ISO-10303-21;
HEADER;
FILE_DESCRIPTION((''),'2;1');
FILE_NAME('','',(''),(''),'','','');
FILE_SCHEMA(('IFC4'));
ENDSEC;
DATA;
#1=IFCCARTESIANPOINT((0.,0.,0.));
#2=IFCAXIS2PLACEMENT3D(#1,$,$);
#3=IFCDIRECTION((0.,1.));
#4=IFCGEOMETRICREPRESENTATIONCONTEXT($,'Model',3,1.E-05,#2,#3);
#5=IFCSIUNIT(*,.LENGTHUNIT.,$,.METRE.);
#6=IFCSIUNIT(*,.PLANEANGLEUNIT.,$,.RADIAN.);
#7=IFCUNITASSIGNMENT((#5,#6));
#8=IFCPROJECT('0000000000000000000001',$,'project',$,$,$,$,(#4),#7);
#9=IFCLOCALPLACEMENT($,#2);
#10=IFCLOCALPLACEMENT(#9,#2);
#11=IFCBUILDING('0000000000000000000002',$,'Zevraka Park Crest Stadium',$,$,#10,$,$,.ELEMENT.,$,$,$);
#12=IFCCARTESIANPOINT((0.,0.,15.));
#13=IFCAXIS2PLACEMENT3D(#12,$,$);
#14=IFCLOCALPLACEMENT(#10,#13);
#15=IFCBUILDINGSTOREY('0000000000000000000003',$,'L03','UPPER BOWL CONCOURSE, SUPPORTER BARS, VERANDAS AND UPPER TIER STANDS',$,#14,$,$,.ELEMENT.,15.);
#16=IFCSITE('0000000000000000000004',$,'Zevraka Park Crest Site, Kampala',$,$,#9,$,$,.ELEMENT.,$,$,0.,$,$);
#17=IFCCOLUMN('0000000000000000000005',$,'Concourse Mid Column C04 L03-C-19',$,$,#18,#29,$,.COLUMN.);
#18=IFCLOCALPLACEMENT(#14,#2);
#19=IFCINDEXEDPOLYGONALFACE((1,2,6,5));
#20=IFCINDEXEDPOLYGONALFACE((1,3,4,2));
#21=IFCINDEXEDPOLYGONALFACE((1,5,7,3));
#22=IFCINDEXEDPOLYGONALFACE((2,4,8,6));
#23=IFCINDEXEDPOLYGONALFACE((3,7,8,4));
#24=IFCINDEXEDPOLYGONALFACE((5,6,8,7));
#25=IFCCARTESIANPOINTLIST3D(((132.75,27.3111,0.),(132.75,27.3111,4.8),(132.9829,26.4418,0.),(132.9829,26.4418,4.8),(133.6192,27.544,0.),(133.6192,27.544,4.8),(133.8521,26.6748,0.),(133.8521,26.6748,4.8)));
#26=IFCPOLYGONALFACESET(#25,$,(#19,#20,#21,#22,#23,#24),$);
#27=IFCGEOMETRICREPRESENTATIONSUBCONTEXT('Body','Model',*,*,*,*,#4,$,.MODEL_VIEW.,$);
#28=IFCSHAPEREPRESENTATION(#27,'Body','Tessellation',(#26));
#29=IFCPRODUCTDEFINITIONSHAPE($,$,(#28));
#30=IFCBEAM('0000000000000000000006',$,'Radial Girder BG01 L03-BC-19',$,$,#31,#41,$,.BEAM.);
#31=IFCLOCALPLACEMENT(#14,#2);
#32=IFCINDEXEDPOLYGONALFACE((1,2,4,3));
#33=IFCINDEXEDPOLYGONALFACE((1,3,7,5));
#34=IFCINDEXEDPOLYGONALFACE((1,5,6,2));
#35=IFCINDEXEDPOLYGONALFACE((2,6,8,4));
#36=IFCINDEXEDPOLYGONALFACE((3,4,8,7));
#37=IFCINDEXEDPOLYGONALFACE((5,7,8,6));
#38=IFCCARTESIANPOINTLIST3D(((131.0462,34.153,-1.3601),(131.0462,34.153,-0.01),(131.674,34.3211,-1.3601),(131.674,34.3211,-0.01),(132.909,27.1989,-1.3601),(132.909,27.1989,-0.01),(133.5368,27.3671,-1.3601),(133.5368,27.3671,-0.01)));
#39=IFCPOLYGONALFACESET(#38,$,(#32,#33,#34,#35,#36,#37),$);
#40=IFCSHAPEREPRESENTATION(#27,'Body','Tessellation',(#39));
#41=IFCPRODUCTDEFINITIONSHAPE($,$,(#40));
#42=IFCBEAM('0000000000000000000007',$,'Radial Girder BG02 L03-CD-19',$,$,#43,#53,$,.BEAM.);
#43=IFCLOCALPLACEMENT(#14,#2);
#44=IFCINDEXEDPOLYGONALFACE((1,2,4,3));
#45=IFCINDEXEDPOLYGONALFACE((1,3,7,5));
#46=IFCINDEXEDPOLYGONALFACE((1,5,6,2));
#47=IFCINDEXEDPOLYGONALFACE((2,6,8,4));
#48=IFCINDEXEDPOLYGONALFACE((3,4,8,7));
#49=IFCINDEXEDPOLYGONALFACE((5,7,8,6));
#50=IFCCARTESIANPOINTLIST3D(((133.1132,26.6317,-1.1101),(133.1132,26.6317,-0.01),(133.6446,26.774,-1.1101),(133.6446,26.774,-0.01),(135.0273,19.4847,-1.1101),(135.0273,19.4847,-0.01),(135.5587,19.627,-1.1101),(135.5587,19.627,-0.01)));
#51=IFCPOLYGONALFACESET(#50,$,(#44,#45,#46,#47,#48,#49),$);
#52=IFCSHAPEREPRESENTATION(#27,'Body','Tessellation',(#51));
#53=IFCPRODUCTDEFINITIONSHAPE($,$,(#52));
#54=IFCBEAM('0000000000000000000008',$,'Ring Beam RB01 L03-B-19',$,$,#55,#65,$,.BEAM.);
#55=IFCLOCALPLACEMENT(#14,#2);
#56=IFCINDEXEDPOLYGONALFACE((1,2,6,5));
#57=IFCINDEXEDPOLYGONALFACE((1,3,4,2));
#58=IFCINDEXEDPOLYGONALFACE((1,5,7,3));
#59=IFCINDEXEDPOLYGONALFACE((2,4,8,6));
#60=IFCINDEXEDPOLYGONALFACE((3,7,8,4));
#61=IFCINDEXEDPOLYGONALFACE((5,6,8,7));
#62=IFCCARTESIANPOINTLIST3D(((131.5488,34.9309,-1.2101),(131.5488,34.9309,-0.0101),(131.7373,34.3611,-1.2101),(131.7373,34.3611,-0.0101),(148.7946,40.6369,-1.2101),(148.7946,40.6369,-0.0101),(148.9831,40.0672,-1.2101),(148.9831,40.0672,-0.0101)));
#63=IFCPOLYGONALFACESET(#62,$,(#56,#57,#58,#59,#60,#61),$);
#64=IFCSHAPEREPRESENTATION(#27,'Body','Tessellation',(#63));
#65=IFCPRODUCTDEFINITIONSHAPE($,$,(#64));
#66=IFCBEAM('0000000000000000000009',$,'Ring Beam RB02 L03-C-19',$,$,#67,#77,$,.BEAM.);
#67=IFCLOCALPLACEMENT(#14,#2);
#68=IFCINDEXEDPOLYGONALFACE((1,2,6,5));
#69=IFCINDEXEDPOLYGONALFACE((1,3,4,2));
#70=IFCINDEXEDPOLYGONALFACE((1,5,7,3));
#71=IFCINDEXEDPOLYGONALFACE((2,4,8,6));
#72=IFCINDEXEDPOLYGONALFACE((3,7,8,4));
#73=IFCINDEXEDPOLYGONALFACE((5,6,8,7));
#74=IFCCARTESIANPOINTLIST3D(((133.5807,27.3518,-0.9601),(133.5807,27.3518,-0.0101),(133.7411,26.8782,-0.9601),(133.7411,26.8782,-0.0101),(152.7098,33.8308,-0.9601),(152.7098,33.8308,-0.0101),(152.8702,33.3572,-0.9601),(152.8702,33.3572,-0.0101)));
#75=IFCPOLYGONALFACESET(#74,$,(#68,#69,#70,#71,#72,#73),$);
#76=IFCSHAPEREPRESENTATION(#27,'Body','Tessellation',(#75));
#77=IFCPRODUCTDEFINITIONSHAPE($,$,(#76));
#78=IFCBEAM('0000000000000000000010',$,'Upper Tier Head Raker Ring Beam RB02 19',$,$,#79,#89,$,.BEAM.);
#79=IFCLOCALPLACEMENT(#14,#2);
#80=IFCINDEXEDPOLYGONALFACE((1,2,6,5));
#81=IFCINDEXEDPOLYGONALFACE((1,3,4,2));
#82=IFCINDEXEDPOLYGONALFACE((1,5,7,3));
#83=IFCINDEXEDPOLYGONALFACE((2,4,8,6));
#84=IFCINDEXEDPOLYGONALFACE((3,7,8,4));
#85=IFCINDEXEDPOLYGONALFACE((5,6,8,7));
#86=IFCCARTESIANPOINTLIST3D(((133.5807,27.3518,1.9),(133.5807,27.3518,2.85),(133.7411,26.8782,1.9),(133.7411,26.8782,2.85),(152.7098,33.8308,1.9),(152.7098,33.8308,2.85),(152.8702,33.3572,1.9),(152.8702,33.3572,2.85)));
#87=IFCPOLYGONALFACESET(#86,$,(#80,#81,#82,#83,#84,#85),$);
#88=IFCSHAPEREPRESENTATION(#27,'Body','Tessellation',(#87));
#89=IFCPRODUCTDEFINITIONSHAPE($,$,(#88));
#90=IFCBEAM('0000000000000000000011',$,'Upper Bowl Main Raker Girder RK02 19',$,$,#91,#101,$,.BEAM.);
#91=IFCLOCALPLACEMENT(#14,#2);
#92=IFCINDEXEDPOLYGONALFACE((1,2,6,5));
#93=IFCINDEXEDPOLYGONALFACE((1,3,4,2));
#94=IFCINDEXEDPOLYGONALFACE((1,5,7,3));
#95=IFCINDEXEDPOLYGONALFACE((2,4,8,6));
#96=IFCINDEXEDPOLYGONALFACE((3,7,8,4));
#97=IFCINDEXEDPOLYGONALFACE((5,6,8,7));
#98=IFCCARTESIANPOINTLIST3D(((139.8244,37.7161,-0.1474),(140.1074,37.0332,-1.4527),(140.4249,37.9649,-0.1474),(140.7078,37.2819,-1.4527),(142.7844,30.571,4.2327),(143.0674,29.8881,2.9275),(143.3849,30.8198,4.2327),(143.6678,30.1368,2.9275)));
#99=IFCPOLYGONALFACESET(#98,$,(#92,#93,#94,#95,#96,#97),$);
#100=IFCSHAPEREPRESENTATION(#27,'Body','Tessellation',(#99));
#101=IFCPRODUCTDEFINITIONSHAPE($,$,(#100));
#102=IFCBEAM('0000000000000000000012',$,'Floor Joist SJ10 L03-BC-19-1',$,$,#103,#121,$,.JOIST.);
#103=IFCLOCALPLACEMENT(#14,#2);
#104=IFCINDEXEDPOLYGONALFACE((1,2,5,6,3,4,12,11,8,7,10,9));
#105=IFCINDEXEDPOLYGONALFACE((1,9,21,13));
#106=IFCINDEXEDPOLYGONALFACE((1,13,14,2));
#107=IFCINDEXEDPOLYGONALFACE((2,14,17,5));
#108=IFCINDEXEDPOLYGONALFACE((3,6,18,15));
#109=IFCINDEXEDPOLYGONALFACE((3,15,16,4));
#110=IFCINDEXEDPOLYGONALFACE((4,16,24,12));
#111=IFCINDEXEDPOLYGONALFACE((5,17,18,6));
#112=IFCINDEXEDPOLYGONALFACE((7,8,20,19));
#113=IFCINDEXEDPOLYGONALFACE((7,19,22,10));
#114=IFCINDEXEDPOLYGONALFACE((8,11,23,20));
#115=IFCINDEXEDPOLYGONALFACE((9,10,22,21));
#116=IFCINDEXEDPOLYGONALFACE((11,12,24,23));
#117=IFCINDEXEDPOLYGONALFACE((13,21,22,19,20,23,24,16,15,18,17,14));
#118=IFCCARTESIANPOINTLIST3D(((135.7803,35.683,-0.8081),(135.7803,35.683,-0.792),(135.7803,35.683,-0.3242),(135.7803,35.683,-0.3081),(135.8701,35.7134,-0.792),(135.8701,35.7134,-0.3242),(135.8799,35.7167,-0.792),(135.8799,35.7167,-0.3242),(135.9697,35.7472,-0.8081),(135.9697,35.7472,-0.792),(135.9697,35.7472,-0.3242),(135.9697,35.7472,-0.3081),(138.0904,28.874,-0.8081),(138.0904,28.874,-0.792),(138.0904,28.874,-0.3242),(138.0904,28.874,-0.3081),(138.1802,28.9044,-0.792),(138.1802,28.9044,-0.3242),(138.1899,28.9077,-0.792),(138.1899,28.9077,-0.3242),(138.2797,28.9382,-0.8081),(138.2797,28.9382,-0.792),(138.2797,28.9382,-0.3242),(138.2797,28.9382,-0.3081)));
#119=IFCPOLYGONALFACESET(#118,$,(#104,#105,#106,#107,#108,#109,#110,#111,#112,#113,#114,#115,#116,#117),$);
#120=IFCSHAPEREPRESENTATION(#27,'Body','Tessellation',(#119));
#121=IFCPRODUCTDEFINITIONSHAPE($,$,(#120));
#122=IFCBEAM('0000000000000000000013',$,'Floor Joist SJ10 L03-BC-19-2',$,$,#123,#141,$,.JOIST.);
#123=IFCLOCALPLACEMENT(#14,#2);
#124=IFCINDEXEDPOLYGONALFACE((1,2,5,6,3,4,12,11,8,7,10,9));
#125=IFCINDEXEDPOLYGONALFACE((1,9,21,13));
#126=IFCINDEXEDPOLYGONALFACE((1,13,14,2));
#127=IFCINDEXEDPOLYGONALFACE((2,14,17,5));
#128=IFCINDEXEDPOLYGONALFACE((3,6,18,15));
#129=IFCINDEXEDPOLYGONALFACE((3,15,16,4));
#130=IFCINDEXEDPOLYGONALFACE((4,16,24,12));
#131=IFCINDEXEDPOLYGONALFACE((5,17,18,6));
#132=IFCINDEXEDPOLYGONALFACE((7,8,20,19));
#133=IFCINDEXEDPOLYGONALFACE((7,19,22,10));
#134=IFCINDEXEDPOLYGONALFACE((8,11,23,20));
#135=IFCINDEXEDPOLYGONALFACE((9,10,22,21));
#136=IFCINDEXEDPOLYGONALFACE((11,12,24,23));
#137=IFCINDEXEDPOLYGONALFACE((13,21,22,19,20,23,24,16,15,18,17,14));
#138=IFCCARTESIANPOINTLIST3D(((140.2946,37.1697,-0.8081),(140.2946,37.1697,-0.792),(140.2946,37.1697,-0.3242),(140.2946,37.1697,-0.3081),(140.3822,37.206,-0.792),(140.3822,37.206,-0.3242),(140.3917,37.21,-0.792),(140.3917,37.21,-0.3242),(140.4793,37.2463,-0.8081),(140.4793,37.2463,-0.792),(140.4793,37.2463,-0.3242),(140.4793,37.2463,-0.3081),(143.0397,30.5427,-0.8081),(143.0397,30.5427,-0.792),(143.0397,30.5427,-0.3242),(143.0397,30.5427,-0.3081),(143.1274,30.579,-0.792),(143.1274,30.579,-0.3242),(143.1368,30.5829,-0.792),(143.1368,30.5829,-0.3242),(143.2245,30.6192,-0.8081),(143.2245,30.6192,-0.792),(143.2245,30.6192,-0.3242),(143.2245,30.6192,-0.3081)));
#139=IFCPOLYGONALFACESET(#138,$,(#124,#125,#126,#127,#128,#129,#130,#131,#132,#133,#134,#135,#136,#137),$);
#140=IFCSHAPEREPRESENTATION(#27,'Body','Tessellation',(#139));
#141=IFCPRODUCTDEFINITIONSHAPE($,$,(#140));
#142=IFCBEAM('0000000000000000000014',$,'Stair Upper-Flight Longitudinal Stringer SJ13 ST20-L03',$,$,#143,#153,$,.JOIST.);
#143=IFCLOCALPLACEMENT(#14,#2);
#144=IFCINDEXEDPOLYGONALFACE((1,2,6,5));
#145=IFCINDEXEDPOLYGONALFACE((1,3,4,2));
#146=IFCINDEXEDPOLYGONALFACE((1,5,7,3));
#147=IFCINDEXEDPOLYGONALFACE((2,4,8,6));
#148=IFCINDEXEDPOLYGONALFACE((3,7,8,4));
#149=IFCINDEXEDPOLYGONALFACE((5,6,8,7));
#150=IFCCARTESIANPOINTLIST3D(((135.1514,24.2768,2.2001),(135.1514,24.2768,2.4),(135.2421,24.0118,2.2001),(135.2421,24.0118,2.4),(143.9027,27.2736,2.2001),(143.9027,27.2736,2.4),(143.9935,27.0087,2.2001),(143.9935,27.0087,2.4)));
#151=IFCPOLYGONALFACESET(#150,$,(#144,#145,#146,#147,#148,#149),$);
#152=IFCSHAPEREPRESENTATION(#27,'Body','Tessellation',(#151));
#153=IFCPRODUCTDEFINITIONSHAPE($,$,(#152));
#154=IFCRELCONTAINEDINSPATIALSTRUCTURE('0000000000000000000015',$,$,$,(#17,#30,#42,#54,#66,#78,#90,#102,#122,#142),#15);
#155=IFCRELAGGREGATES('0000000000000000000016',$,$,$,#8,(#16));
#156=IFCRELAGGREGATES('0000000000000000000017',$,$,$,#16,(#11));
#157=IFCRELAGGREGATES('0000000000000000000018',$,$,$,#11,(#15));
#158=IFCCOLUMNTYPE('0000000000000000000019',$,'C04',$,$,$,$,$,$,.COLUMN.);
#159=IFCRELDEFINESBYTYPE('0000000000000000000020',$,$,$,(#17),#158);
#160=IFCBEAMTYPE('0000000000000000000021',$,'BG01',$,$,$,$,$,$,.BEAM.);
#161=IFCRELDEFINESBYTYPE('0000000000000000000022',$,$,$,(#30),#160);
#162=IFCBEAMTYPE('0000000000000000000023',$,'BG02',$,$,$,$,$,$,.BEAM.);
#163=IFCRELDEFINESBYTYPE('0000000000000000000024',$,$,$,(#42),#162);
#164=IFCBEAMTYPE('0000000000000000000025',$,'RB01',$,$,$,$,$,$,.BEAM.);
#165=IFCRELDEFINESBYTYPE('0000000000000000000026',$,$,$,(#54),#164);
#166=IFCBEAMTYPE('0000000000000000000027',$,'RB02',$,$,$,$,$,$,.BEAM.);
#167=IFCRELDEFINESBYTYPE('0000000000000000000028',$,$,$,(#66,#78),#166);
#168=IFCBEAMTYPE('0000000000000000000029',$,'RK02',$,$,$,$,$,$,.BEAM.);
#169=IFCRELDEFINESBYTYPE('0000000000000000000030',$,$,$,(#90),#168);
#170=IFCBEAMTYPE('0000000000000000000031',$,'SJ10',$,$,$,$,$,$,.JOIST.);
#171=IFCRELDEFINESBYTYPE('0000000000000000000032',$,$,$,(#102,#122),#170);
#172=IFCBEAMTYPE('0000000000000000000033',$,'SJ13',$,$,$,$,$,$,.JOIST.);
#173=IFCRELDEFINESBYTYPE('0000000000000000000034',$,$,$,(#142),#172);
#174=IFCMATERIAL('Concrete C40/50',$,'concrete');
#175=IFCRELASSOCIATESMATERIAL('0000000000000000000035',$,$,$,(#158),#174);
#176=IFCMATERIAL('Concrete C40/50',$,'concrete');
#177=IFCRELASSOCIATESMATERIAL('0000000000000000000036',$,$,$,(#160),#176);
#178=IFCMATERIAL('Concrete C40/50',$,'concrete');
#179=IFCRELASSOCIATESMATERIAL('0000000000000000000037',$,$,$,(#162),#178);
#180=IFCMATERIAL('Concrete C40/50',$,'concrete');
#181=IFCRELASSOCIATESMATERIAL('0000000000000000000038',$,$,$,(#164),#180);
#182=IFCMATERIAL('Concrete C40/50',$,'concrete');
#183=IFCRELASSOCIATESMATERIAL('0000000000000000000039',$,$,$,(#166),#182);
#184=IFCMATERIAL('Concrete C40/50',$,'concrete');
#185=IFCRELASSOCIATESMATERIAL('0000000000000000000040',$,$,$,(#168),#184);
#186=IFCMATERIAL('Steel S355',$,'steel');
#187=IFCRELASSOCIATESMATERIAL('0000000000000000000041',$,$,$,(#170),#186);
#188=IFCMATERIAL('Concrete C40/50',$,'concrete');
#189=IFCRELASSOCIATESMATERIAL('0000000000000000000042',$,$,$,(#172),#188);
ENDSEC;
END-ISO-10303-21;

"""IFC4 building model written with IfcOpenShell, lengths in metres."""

from ifc_helpers import new_model, si_unit, direction, frame, origin, origin_2d, place, context, subcontext, project, spatial, rectangle, i_section, extrude, material, material_profile, profile_set, type_object, element, save


model = new_model("IFC4")

# Units and contexts
model_context = context("Model", 3, precision=1e-05, world=origin(), true_north=direction((0.0, 1.0)))
body_context = subcontext(model_context, "Body", "Model", "MODEL_VIEW")
ifc_project = project(units=[si_unit("LENGTHUNIT", "METRE"), si_unit("PLANEANGLEUNIT", "RADIAN")], contexts=[model_context])

# Site, building, storey
site_placement = place(None, origin())
site = spatial("IfcSite", under=ifc_project, at=site_placement, Name="Zevraka Park Crest Site, Kampala", CompositionType="ELEMENT", RefElevation=0.0)
building_placement = place(site_placement, origin())
building = spatial("IfcBuilding", under=site, at=building_placement, Name="Zevraka Park Crest Stadium", CompositionType="ELEMENT")
storey_placement = place(building_placement, frame((0.0, 0.0, 15.0)))
storey = spatial("IfcBuildingStorey", under=building, at=storey_placement, Name="L03", Description="UPPER BOWL CONCOURSE, SUPPORTER BARS, VERANDAS AND UPPER TIER STANDS", CompositionType="ELEMENT", Elevation=15.0)

# Column
ifc_material_1 = material(Name="Concrete C40/50", Category="concrete")
ifc_material_profile_1 = material_profile(ifc_material_1, rectangle(XDim=0.8999, YDim=0.8999, at=origin_2d()), Name="RC 900x900")
ifc_profile_set_1 = profile_set([ifc_material_profile_1], Name="Concrete C40/50")
column_type = type_object("IfcColumnType", Name="C04", PredefinedType="COLUMN", material=ifc_profile_set_1)
column_placement = place(storey_placement, frame((133.301, 26.9929, 0.0), z_axis=(0.0, 0.0, 1.0), x_axis=(-0.258819, 0.965926, 0.0)))
element("IfcColumn", 1, at=column_placement, inside=storey, type_object=column_type, Name="Concourse Mid Column C04 L03-C-19", PredefinedType="COLUMN", context=body_context, shape_type="SweptSolid", body=[
    extrude(rectangle(XDim=0.8999, YDim=0.8999, at=origin_2d()), origin(), (0.0, 0.0, 1.0), 4.8),
])

# Beams
ifc_material_2 = material(Name="Concrete C40/50", Category="concrete")
ifc_material_profile_2 = material_profile(ifc_material_2, rectangle(XDim=0.6499, YDim=1.3501, at=origin_2d()), Name="RC 1350x650")
ifc_profile_set_2 = profile_set([ifc_material_profile_2], Name="Concrete C40/50")
beam_type_1 = type_object("IfcBeamType", Name="BG01", PredefinedType="BEAM", material=ifc_profile_set_2)
beam_1_placement = place(storey_placement, frame((131.3601, 34.2371, -0.6851), z_axis=(0.258747, -0.965945, 0.0), x_axis=(0.965945, 0.258747, 0.0)))
element("IfcBeam", 2, at=beam_1_placement, inside=storey, type_object=beam_type_1, Name="Radial Girder BG01 L03-BC-19", PredefinedType="BEAM", context=body_context, shape_type="SweptSolid", body=[
    extrude(rectangle(XDim=0.6499, YDim=1.3501, at=origin_2d()), origin(), (0.0, 0.0, 1.0), 7.1992),
])
ifc_material_3 = material(Name="Concrete C40/50", Category="concrete")
ifc_material_profile_3 = material_profile(ifc_material_3, rectangle(XDim=0.55, YDim=1.1001, at=origin_2d()), Name="RC 1100x550")
ifc_profile_set_3 = profile_set([ifc_material_profile_3], Name="Concrete C40/50")
beam_type_2 = type_object("IfcBeamType", Name="BG02", PredefinedType="BEAM", material=ifc_profile_set_3)
beam_2_placement = place(storey_placement, frame((133.3789, 26.7029, -0.5601), z_axis=(0.258698, -0.965958, 0.0), x_axis=(0.965958, 0.258698, 0.0)))
element("IfcBeam", 3, at=beam_2_placement, inside=storey, type_object=beam_type_2, Name="Radial Girder BG02 L03-CD-19", PredefinedType="BEAM", context=body_context, shape_type="SweptSolid", body=[
    extrude(rectangle(XDim=0.55, YDim=1.1001, at=origin_2d()), origin(), (0.0, 0.0, 1.0), 7.3989),
])
ifc_material_4 = material(Name="Concrete C40/50", Category="concrete")
ifc_material_profile_4 = material_profile(ifc_material_4, rectangle(XDim=0.6001, YDim=1.2, at=origin_2d()), Name="RC 1200x600")
ifc_profile_set_4 = profile_set([ifc_material_profile_4], Name="Concrete C40/50")
beam_type_3 = type_object("IfcBeamType", Name="RB01", PredefinedType="BEAM", material=ifc_profile_set_4)
beam_3_placement = place(storey_placement, frame((131.6431, 34.646, -0.6101), z_axis=(0.949384, 0.314118, 0.0), x_axis=(-0.314118, 0.949384, 0.0)))
element("IfcBeam", 4, at=beam_3_placement, inside=storey, type_object=beam_type_3, Name="Ring Beam RB01 L03-B-19", PredefinedType="BEAM", context=body_context, shape_type="SweptSolid", body=[
    extrude(rectangle(XDim=0.6001, YDim=1.2, at=origin_2d()), origin(), (0.0, 0.0, 1.0), 18.1653),
])
ifc_material_5 = material(Name="Concrete C40/50", Category="concrete")
ifc_material_profile_5 = material_profile(ifc_material_5, rectangle(XDim=0.5, YDim=0.95, at=origin_2d()), Name="RC 950x500")
ifc_profile_set_5 = profile_set([ifc_material_profile_5], Name="Concrete C40/50")
beam_type_4 = type_object("IfcBeamType", Name="RB02", PredefinedType="BEAM", material=ifc_profile_set_5)
for number, where, z_axis, x_axis, name in (
    (5, (133.6609, 27.115, -0.4851), (0.947148, 0.320797, 0.0), (-0.320797, 0.947148, 0.0), "Ring Beam RB02 L03-C-19"),
    (6, (133.6609, 27.115, 2.375), (0.947148, 0.320797, 0.0), (-0.320797, 0.947148, 0.0), "Upper Tier Head Raker Ring Beam RB02 19"),
):
    element("IfcBeam", number, at=place(storey_placement, frame(where, z_axis=z_axis, x_axis=x_axis)), inside=storey, type_object=beam_type_4, Name=name, PredefinedType="BEAM", context=body_context, shape_type="SweptSolid", body=[
        extrude(rectangle(XDim=0.5, YDim=0.95, at=origin_2d()), origin(), (0.0, 0.0, 1.0), 20.1965),
    ])
ifc_material_6 = material(Name="Concrete C40/50", Category="concrete")
ifc_material_profile_6 = material_profile(ifc_material_6, rectangle(XDim=0.6499, YDim=1.5, at=origin_2d()), Name="RC 1500x650")
ifc_profile_set_6 = profile_set([ifc_material_profile_6], Name="Concrete C40/50")
beam_type_5 = type_object("IfcBeamType", Name="RK02", PredefinedType="BEAM", material=ifc_profile_set_6)
beam_4_placement = place(storey_placement, frame((140.2661, 37.499, -0.8), z_axis=(0.333025, -0.803887, 0.492808), x_axis=(0.923861, 0.382727, 0.0)))
element("IfcBeam", 7, at=beam_4_placement, inside=storey, type_object=beam_type_5, Name="Upper Bowl Main Raker Girder RK02 19", PredefinedType="BEAM", context=body_context, shape_type="SweptSolid", body=[
    extrude(rectangle(XDim=0.6499, YDim=1.5, at=origin_2d()), origin(), (0.0, 0.0, 1.0), 8.8882),
])
ifc_material_7 = material(Name="Steel S355", Category="steel")
ifc_material_profile_7 = material_profile(ifc_material_7, i_section(OverallWidth=0.2, OverallDepth=0.5, WebThickness=0.0103, FlangeThickness=0.0161, at=origin_2d()), Name="IPE 500")
ifc_profile_set_7 = profile_set([ifc_material_profile_7], Name="Steel S355")
beam_type_6 = type_object("IfcBeamType", Name="SJ10", PredefinedType="JOIST", material=ifc_profile_set_7)
beam_5_placement = place(storey_placement, frame((135.875, 35.7151, -0.5581), z_axis=(0.321276, -0.946986, 0.0), x_axis=(0.946986, 0.321276, 0.0)))
element("IfcBeam", 8, at=beam_5_placement, inside=storey, type_object=beam_type_6, Name="Floor Joist SJ10 L03-BC-19-1", PredefinedType="JOIST", context=body_context, shape_type="SweptSolid", body=[
    extrude(i_section(OverallWidth=0.2, OverallDepth=0.5, WebThickness=0.0103, FlangeThickness=0.0161, at=origin_2d()), origin(), (0.0, 0.0, 1.0), 7.1902),
])
beam_6_placement = place(storey_placement, frame((140.387, 37.208, -0.5581), z_axis=(0.3827, -0.923872, 0.0), x_axis=(0.923872, 0.3827, 0.0)))
element("IfcBeam", 9, at=beam_6_placement, inside=storey, type_object=beam_type_6, Name="Floor Joist SJ10 L03-BC-19-2", PredefinedType="JOIST", context=body_context, shape_type="SweptSolid", body=[
    extrude(i_section(OverallWidth=0.2, OverallDepth=0.5, WebThickness=0.0103, FlangeThickness=0.0161, at=origin_2d()), origin(), (0.0, 0.0, 1.0), 7.1731),
])
ifc_material_8 = material(Name="Concrete C40/50", Category="concrete")
ifc_material_profile_8 = material_profile(ifc_material_8, rectangle(XDim=0.28, YDim=0.2, at=origin_2d()), Name="RC 200x280")
ifc_profile_set_8 = profile_set([ifc_material_profile_8], Name="Concrete C40/50")
beam_type_7 = type_object("IfcBeamType", Name="SJ13", PredefinedType="JOIST", material=ifc_profile_set_8)
beam_7_placement = place(storey_placement, frame((135.1968, 24.1443, 2.3), z_axis=(0.946065, 0.323977, 0.0), x_axis=(-0.323977, 0.946065, 0.0)))
element("IfcBeam", 10, at=beam_7_placement, inside=storey, type_object=beam_type_7, Name="Stair Upper-Flight Longitudinal Stringer SJ13 ST20-L03", PredefinedType="JOIST", context=body_context, shape_type="SweptSolid", body=[
    extrude(rectangle(XDim=0.28, YDim=0.2, at=origin_2d()), origin(), (0.0, 0.0, 1.0), 9.2502),
])

save(model, "model.ifc")
